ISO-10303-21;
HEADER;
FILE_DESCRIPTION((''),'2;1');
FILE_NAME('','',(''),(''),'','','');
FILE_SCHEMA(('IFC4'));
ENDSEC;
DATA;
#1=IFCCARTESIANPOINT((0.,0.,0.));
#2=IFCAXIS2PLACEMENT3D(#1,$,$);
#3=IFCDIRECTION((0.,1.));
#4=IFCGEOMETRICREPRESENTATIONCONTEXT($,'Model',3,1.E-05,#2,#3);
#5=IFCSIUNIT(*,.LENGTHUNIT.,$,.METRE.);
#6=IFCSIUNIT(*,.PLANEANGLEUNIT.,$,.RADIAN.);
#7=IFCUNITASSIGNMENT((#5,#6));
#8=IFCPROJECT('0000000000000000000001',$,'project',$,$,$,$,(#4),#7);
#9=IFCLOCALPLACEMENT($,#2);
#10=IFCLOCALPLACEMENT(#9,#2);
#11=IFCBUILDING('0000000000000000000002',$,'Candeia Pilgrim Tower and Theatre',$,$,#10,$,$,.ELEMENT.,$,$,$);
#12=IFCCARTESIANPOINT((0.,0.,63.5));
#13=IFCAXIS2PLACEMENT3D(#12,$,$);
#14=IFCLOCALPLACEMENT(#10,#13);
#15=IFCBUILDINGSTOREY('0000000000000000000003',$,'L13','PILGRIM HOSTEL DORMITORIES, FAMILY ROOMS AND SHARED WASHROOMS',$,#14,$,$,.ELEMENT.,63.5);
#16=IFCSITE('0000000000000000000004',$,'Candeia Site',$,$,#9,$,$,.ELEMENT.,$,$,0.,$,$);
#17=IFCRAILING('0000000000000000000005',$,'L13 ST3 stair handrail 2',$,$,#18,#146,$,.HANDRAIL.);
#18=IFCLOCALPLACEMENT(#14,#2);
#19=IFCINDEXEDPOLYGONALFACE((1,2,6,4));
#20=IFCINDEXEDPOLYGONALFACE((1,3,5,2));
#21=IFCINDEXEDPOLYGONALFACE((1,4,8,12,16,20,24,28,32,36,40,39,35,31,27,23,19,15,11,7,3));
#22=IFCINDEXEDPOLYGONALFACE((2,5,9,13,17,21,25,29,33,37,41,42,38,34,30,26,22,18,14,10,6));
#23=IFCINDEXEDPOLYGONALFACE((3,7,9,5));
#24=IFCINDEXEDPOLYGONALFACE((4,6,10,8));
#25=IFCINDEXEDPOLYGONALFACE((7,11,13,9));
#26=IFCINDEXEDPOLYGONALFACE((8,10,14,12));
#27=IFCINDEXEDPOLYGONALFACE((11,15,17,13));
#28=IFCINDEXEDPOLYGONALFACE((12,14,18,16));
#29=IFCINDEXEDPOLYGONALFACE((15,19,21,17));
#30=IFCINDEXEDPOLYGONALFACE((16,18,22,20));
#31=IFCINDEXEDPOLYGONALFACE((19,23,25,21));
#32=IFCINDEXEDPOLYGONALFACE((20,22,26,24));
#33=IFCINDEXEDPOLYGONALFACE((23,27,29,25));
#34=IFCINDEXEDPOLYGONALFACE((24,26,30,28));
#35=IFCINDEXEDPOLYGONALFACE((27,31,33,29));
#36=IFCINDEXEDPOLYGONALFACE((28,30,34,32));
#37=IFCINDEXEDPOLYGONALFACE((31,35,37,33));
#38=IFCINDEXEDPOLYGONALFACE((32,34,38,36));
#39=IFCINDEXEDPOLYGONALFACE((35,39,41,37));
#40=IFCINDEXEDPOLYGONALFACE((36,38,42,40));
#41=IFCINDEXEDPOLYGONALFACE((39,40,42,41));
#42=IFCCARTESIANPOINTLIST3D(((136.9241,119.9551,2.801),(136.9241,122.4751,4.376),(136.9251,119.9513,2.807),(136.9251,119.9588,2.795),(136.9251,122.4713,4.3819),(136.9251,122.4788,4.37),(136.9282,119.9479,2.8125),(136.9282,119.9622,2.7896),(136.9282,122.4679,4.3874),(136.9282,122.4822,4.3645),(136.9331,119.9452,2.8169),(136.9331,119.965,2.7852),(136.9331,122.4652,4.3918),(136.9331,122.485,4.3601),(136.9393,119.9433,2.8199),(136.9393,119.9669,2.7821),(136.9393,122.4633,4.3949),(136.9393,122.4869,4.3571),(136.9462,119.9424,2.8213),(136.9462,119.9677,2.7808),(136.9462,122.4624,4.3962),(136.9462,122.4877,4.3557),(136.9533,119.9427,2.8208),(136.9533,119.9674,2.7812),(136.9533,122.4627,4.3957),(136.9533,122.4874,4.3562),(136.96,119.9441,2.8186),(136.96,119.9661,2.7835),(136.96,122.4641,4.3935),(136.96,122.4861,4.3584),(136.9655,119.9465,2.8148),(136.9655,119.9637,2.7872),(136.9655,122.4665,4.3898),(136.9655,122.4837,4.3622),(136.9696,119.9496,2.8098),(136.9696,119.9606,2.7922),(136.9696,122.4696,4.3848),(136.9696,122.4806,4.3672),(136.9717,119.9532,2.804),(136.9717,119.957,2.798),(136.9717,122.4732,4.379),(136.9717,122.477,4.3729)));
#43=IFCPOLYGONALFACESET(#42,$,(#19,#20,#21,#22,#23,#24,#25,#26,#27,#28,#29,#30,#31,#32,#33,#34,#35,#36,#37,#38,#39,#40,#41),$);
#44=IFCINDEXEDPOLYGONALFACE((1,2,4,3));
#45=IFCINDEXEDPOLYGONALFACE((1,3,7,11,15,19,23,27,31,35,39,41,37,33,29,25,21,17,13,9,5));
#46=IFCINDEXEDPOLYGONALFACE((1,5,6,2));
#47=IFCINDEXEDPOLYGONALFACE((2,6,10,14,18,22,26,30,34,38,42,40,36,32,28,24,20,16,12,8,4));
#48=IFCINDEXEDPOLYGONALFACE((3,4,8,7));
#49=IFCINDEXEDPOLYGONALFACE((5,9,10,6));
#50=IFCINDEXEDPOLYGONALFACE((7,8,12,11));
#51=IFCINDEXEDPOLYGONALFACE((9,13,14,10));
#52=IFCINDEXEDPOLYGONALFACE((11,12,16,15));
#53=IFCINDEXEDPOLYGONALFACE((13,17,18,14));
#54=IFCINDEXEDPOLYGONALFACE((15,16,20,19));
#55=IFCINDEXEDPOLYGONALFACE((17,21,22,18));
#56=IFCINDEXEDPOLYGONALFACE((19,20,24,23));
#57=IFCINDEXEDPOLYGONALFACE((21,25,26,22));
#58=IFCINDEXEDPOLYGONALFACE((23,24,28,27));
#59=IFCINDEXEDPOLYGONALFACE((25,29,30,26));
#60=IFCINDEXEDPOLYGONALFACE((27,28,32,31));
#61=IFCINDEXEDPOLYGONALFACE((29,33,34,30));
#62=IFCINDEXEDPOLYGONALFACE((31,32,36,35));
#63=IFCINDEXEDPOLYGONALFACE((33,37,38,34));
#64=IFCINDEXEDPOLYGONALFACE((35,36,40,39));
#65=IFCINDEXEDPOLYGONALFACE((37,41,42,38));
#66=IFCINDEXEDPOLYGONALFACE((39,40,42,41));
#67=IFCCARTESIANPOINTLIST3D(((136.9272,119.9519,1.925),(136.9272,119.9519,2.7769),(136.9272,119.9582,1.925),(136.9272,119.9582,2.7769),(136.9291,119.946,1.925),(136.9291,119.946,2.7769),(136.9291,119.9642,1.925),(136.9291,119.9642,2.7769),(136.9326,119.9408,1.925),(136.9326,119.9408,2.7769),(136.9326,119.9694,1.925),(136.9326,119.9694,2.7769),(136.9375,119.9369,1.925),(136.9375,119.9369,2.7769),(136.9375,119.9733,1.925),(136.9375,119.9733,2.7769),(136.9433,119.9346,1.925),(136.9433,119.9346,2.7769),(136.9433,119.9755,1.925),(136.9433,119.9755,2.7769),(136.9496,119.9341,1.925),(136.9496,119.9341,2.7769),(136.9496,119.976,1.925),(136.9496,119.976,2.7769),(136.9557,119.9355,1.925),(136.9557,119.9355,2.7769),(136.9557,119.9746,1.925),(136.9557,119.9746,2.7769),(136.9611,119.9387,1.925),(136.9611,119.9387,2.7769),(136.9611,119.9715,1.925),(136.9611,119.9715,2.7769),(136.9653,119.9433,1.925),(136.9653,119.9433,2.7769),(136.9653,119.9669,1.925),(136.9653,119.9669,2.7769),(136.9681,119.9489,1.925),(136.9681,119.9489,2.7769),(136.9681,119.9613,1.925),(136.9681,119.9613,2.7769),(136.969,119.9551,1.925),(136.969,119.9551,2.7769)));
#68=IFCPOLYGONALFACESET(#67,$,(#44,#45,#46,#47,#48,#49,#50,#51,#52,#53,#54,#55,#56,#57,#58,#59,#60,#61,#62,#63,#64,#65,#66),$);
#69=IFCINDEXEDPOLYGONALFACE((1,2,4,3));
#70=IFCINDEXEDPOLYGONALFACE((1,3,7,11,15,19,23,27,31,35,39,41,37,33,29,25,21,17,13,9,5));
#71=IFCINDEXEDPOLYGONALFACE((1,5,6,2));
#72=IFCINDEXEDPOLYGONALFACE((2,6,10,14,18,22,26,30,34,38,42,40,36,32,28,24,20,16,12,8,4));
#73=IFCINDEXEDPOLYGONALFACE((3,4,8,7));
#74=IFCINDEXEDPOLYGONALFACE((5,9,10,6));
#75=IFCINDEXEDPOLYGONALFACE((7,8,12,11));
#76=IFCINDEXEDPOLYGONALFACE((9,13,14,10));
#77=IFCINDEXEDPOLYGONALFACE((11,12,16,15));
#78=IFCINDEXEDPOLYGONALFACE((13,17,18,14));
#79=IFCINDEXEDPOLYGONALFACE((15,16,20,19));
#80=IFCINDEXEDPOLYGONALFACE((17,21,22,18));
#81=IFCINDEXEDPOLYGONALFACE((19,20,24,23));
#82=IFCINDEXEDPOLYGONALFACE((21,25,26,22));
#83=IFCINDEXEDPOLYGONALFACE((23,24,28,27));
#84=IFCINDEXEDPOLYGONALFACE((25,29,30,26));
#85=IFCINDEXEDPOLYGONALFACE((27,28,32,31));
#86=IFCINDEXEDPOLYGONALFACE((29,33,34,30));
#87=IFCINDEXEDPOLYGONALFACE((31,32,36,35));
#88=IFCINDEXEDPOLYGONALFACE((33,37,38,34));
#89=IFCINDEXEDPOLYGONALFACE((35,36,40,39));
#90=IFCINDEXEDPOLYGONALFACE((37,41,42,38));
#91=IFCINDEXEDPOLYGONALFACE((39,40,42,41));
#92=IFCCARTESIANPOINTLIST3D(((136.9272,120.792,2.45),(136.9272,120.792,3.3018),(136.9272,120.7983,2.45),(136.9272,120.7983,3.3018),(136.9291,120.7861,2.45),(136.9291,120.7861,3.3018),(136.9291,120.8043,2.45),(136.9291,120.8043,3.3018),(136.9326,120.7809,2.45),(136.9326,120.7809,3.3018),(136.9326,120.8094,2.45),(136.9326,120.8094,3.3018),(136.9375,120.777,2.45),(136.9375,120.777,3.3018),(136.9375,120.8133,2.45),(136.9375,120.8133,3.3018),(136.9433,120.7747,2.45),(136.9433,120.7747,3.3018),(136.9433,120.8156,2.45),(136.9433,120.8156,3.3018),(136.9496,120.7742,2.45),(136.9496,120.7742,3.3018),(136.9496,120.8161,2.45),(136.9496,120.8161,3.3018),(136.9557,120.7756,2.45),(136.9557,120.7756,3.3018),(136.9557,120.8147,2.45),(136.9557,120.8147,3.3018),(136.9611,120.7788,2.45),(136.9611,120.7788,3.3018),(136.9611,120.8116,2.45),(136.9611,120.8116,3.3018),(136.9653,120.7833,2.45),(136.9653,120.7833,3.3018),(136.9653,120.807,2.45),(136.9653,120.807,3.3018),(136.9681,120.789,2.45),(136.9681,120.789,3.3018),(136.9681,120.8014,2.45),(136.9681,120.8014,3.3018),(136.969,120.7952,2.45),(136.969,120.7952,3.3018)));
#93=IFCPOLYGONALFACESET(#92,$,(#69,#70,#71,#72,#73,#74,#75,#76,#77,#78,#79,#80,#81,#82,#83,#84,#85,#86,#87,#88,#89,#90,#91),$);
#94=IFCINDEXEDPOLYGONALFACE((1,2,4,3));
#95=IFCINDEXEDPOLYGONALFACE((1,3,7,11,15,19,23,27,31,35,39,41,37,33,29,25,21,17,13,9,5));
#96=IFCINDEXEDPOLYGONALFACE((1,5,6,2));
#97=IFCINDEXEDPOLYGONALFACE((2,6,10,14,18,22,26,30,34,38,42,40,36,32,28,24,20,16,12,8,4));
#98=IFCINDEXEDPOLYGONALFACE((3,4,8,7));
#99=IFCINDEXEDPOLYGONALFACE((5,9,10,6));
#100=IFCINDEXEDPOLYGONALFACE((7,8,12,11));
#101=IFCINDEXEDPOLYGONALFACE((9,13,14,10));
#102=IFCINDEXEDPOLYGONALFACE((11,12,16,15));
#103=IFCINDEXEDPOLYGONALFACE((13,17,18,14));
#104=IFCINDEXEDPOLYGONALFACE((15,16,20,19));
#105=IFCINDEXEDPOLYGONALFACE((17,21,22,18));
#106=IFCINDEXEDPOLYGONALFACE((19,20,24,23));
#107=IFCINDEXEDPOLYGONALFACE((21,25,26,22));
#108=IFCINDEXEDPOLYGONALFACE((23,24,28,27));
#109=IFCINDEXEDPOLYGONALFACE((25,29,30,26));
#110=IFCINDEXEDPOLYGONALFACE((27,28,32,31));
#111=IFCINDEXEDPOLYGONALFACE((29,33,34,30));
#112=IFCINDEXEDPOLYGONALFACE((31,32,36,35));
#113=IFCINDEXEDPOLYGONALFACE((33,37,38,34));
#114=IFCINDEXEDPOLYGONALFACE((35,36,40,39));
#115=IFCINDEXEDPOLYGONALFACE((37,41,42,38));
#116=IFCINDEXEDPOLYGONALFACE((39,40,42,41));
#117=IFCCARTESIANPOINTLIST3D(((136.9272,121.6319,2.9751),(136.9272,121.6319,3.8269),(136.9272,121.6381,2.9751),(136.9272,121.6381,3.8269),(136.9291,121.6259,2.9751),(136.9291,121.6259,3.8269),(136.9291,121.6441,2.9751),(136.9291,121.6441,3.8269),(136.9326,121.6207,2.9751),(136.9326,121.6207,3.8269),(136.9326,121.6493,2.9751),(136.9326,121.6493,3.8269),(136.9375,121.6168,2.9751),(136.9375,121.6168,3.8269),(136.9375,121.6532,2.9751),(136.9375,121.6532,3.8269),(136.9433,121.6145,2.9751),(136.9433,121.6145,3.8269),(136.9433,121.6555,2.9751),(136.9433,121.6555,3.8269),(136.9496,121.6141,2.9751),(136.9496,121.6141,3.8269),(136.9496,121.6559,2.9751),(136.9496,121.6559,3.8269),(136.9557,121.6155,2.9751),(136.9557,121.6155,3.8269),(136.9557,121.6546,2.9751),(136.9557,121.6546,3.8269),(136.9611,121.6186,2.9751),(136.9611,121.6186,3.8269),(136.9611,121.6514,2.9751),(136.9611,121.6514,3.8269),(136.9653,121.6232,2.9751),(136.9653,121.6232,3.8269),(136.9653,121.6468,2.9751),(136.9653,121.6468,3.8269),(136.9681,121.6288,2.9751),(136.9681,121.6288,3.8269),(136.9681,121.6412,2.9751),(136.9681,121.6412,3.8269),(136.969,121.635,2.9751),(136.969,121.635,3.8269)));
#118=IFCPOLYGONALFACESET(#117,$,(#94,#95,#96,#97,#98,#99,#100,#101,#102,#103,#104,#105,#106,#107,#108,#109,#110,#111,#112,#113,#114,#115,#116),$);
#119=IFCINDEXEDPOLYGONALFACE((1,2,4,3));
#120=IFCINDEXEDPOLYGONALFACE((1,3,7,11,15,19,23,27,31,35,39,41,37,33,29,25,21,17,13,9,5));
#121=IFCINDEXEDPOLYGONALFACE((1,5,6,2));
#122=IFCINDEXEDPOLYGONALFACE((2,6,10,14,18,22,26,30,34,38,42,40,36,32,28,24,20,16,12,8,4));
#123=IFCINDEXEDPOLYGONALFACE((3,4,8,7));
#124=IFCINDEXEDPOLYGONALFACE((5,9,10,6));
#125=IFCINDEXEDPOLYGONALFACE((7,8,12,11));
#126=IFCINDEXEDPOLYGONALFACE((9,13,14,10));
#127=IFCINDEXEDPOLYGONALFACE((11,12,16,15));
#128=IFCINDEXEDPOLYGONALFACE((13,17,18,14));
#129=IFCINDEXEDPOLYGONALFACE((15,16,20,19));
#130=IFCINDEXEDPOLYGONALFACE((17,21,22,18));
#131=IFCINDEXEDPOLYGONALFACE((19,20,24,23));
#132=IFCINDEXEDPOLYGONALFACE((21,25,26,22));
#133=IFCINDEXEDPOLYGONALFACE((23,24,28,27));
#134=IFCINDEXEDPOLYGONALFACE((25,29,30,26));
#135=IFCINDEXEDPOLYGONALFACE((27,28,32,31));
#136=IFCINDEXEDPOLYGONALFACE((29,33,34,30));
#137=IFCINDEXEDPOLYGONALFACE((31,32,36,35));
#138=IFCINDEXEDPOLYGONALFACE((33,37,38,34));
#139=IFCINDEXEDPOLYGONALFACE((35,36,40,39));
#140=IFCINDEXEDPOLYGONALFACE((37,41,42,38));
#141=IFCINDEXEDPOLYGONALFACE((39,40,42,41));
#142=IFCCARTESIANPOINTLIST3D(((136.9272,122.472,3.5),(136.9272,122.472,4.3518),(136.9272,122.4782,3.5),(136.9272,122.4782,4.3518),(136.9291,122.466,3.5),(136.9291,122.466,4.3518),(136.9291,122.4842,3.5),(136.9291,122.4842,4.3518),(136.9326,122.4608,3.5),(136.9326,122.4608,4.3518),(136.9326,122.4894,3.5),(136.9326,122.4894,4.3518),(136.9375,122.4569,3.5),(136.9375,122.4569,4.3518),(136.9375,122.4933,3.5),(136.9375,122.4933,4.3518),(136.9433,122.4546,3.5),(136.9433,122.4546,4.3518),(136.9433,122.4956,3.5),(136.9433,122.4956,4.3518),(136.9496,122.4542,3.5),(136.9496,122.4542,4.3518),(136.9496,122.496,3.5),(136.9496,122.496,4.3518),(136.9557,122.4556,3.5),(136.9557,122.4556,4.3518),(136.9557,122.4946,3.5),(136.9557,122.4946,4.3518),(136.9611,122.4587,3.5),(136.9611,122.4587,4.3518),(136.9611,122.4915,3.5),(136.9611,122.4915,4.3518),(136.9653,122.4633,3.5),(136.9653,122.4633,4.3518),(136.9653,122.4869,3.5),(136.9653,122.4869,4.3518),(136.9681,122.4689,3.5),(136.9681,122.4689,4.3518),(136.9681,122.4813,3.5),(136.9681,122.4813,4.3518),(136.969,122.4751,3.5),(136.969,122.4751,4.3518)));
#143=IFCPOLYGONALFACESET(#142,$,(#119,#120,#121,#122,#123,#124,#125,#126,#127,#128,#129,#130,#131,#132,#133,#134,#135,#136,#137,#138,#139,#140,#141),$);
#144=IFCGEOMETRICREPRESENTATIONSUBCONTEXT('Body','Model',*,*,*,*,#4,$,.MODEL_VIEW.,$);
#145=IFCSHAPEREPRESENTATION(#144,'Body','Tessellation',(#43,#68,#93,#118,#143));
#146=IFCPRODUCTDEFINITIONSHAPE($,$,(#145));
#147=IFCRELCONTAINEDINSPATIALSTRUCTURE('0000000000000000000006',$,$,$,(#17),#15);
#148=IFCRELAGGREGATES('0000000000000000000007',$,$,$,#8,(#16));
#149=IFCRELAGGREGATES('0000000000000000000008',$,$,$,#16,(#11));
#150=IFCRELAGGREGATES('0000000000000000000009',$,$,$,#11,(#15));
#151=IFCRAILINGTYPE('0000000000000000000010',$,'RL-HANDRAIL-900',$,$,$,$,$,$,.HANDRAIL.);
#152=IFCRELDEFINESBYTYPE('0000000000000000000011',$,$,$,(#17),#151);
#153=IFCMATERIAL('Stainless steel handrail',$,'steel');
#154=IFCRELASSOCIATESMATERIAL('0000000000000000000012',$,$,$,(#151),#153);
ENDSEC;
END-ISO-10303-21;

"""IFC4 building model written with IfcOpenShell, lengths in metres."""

from ifc_helpers import new_model, si_unit, direction, frame, origin, origin_2d, place, context, subcontext, project, spatial, circle, extrude, material, type_object, element, save


model = new_model("IFC4")

# Units and contexts
model_context = context("Model", 3, precision=1e-05, world=origin(), true_north=direction((0.0, 1.0)))
body_context = subcontext(model_context, "Body", "Model", "MODEL_VIEW")
ifc_project = project(units=[si_unit("LENGTHUNIT", "METRE"), si_unit("PLANEANGLEUNIT", "RADIAN")], contexts=[model_context])

# Site, building, storey
site_placement = place(None, origin())
site = spatial("IfcSite", under=ifc_project, at=site_placement, Name="Candeia Site", CompositionType="ELEMENT", RefElevation=0.0)
building_placement = place(site_placement, origin())
building = spatial("IfcBuilding", under=site, at=building_placement, Name="Candeia Pilgrim Tower and Theatre", CompositionType="ELEMENT")
storey_placement = place(building_placement, frame((0.0, 0.0, 63.5)))
storey = spatial("IfcBuildingStorey", under=building, at=storey_placement, Name="L13", Description="PILGRIM HOSTEL DORMITORIES, FAMILY ROOMS AND SHARED WASHROOMS", CompositionType="ELEMENT", Elevation=63.5)

# Railing
ifc_material_1 = material(Name="Stainless steel handrail", Category="steel")
railing_type_1 = type_object("IfcRailingType", Name="RL-HANDRAIL-900", PredefinedType="HANDRAIL", material=ifc_material_1)
railing_1_placement = place(storey_placement, frame((136.948, 119.9551, 1.925)))
element("IfcRailing", 1, at=railing_1_placement, inside=storey, type_object=railing_type_1, Name="L13 ST3 stair handrail 2", PredefinedType="HANDRAIL", context=body_context, shape_type="SweptSolid", body=[
    extrude(circle(Radius=0.0239, at=origin_2d()), frame((0.0, 0.0, 0.876), z_axis=(0.0, 0.848008, 0.529984), x_axis=(-1.0, 0.0, 0.0)), (0.0, 0.0, 1.0), 2.9717),
    extrude(circle(Radius=0.021, at=origin_2d()), origin(), (0.0, 0.0, 1.0), 0.8518),
    extrude(circle(Radius=0.021, at=origin_2d()), frame((0.0, 0.8401, 0.5249)), (0.0, 0.0, 1.0), 0.8518),
    extrude(circle(Radius=0.021, at=origin_2d()), frame((0.0, 1.6799, 1.05)), (0.0, 0.0, 1.0), 0.8518),
    extrude(circle(Radius=0.021, at=origin_2d()), frame((0.0, 2.52, 1.575)), (0.0, 0.0, 1.0), 0.8518),
])

save(model, "model.ifc")
